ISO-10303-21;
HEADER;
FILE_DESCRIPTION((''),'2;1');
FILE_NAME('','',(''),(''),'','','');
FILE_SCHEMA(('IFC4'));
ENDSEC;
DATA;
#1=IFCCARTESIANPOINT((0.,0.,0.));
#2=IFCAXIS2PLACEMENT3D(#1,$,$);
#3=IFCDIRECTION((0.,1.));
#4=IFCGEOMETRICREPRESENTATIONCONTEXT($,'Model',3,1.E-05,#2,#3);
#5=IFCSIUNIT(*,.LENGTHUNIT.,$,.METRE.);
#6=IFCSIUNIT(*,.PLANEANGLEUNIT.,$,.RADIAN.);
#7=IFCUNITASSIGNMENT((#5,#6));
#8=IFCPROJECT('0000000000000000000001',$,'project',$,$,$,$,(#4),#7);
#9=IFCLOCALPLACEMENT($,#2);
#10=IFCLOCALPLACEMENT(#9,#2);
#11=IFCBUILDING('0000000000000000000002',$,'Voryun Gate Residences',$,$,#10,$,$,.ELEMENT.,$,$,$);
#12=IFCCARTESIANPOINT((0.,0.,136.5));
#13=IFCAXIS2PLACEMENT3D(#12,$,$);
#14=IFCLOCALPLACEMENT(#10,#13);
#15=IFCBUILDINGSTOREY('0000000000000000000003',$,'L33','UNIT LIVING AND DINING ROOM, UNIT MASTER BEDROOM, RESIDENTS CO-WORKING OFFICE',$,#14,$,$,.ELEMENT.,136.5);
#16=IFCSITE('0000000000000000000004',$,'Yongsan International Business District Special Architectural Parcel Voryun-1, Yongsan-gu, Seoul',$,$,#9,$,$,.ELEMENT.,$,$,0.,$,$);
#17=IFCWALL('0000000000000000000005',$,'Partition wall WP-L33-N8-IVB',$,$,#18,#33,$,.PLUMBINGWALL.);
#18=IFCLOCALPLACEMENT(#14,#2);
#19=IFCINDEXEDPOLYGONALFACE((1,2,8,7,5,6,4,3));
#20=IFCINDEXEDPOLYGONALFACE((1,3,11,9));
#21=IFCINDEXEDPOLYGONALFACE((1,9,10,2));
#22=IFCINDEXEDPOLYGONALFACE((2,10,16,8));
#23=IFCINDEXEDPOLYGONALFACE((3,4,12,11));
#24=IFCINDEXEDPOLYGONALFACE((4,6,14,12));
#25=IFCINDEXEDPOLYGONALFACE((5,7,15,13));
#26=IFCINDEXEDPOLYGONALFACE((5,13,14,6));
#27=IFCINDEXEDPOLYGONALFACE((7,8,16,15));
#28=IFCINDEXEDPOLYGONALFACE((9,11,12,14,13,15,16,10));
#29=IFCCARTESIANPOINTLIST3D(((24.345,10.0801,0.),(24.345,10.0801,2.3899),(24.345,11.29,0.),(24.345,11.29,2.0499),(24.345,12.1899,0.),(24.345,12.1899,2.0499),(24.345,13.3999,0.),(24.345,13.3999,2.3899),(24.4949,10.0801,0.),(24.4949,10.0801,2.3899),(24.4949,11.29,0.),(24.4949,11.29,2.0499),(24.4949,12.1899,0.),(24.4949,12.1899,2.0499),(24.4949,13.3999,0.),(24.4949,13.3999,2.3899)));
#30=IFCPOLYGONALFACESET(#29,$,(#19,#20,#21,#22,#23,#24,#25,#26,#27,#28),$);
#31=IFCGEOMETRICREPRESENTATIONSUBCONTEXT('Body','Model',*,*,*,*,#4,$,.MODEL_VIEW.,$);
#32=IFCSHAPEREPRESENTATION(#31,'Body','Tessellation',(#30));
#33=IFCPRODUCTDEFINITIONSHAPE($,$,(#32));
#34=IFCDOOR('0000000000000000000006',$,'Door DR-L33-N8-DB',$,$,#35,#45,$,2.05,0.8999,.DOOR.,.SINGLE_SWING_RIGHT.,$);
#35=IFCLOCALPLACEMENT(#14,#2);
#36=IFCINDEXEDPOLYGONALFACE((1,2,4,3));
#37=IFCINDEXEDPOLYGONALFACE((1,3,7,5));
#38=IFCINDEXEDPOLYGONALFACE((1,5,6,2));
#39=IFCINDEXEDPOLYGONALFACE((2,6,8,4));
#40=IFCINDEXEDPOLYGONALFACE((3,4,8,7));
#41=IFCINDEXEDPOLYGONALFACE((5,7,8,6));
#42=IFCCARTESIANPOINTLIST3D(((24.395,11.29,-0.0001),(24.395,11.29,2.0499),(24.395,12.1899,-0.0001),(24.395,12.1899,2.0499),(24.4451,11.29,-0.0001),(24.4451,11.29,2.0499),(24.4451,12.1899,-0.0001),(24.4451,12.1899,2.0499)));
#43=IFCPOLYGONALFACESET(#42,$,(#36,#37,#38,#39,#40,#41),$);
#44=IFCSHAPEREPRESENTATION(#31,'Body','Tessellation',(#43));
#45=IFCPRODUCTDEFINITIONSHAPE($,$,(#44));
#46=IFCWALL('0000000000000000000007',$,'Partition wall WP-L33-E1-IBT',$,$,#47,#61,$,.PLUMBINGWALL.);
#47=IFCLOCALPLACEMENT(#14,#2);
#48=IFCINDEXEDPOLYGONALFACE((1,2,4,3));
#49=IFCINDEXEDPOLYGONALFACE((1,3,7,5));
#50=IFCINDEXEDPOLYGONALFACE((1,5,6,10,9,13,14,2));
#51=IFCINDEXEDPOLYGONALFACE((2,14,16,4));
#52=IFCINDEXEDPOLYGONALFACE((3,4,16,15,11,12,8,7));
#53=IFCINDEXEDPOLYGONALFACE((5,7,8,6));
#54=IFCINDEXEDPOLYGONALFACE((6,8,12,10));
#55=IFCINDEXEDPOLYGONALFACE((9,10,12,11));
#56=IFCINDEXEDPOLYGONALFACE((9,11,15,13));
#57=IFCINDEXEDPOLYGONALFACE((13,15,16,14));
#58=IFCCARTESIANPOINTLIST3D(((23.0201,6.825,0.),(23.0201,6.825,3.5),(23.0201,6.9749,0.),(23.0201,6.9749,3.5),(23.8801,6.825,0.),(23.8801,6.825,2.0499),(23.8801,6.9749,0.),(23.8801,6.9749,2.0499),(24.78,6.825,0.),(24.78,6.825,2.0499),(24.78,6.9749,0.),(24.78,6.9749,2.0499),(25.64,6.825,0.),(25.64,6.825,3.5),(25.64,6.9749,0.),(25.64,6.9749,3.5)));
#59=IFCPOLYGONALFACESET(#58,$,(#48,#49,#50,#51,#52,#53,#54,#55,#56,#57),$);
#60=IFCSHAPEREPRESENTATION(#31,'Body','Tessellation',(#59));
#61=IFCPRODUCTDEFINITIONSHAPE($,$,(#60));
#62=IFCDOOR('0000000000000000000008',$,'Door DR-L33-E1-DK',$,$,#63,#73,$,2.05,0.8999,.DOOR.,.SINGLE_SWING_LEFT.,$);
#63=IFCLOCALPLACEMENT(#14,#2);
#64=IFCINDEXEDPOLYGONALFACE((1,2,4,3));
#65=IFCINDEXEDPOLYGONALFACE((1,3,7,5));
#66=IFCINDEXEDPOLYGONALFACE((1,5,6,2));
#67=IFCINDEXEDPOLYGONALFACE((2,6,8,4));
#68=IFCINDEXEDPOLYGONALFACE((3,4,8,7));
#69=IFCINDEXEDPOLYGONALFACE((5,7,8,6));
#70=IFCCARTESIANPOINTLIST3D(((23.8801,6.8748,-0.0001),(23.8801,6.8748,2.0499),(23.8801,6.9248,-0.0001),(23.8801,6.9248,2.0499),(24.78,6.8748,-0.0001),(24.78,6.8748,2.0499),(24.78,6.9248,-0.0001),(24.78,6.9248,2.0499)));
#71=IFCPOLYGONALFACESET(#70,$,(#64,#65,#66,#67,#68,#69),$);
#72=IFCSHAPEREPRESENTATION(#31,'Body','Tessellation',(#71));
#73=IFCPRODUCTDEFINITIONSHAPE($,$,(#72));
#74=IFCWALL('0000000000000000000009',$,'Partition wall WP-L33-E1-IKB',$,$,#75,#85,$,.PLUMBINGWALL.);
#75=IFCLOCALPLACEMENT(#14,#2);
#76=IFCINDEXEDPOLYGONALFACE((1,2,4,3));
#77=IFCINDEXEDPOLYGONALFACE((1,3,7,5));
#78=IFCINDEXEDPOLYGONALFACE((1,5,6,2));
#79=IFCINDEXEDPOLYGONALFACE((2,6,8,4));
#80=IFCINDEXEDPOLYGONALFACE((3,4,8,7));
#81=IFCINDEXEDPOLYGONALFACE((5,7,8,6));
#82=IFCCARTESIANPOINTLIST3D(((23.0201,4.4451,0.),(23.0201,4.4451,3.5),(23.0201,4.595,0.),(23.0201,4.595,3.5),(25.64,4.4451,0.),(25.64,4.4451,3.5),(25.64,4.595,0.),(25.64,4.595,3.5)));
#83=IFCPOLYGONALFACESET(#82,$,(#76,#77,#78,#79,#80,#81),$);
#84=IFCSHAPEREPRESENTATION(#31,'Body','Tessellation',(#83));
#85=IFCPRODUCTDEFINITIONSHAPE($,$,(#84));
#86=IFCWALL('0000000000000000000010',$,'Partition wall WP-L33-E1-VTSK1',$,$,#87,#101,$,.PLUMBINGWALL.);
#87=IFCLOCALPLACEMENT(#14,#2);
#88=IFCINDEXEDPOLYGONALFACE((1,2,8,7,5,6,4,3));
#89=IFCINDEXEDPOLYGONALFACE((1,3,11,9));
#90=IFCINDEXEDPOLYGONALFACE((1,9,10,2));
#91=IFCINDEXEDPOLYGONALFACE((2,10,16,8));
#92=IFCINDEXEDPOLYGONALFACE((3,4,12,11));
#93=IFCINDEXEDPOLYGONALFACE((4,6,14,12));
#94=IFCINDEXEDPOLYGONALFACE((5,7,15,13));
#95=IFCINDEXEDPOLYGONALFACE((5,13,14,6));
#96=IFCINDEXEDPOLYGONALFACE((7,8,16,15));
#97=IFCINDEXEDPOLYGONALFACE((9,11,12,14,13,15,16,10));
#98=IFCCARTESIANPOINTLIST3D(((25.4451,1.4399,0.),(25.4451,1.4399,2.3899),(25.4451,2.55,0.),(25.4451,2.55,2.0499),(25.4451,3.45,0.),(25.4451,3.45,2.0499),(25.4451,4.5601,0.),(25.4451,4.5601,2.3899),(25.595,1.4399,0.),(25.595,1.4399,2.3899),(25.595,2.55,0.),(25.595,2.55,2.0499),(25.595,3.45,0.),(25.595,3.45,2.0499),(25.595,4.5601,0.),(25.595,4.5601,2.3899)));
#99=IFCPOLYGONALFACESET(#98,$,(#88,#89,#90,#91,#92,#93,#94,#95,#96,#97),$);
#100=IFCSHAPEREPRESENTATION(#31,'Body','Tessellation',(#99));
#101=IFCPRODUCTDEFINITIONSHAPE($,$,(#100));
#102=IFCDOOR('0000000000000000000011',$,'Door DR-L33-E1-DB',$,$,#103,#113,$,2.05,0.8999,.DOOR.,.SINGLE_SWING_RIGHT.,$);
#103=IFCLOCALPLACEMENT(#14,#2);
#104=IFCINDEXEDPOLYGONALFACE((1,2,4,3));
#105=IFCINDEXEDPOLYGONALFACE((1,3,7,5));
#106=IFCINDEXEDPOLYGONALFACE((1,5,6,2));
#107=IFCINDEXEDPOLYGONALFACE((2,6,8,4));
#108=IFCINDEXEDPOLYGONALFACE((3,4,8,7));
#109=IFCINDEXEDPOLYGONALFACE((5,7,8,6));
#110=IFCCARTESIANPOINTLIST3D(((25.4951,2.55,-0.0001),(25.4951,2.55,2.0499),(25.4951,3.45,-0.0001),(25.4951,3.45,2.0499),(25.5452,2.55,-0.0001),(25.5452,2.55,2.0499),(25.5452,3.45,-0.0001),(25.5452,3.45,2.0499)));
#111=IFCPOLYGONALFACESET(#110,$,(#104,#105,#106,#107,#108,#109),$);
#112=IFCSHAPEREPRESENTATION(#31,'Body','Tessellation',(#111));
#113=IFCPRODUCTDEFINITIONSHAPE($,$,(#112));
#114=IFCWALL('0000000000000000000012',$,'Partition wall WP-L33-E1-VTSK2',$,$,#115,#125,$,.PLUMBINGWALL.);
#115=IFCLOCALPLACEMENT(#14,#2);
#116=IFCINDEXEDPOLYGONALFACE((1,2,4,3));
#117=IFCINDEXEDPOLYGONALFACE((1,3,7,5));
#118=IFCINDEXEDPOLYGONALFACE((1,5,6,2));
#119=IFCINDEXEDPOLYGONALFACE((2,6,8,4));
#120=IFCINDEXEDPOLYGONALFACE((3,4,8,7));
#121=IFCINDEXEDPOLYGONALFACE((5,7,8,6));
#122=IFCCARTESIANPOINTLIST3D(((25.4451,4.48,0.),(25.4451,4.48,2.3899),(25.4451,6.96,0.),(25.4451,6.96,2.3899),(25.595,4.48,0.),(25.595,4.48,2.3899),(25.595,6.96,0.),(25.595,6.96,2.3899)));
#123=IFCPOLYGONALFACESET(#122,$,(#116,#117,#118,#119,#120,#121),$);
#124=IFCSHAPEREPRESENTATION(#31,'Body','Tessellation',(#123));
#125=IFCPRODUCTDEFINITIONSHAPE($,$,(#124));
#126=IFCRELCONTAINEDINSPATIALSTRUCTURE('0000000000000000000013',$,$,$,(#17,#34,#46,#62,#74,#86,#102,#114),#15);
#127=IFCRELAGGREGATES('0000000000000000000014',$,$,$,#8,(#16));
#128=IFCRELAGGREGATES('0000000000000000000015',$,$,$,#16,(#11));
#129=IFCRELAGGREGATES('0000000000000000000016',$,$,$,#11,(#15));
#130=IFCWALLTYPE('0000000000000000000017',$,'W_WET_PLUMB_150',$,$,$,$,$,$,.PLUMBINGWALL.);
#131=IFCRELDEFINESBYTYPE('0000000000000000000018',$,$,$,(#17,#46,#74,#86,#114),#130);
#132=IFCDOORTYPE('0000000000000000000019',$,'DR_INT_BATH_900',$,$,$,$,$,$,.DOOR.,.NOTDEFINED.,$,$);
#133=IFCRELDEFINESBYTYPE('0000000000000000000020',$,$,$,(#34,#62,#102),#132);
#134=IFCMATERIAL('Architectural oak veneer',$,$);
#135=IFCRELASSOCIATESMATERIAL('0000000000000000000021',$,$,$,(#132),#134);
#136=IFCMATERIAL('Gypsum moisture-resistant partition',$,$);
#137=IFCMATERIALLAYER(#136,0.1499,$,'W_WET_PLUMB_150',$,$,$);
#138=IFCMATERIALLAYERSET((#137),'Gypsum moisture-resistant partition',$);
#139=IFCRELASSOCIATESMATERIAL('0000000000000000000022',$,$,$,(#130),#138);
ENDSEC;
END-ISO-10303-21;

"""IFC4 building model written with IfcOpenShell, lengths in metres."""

from ifc_helpers import new_model, si_unit, direction, frame, frame_2d, origin, place, context, subcontext, project, spatial, rectangle, extrude, material, layer, layer_set, type_object, element, fill, save


model = new_model("IFC4")

# Units and contexts
model_context = context("Model", 3, precision=1e-05, world=origin(), true_north=direction((0.0, 1.0)))
body_context = subcontext(model_context, "Body", "Model", "MODEL_VIEW")
ifc_project = project(units=[si_unit("LENGTHUNIT", "METRE"), si_unit("PLANEANGLEUNIT", "RADIAN")], contexts=[model_context])

# Site, building, storey
site_placement = place(None, origin())
site = spatial("IfcSite", under=ifc_project, at=site_placement, Name="Yongsan International Business District Special Architectural Parcel Voryun-1, Yongsan-gu, Seoul", CompositionType="ELEMENT", RefElevation=0.0)
building_placement = place(site_placement, origin())
building = spatial("IfcBuilding", under=site, at=building_placement, Name="Voryun Gate Residences", CompositionType="ELEMENT")
storey_placement = place(building_placement, frame((0.0, 0.0, 136.5)))
storey = spatial("IfcBuildingStorey", under=building, at=storey_placement, Name="L33", Description="UNIT LIVING AND DINING ROOM, UNIT MASTER BEDROOM, RESIDENTS CO-WORKING OFFICE", CompositionType="ELEMENT", Elevation=136.5)

# Walls, openings, doors
ifc_material_1 = material(Name="Architectural oak veneer")
door_type = type_object("IfcDoorType", Name="DR_INT_BATH_900", OperationType="NOTDEFINED", PredefinedType="DOOR", material=ifc_material_1)
ifc_material_2 = material(Name="Gypsum moisture-resistant partition")
ifc_layer_1 = layer(ifc_material_2, 0.1499, Name="W_WET_PLUMB_150")
ifc_layer_set_1 = layer_set([ifc_layer_1], Name="Gypsum moisture-resistant partition")
wall_type_1 = type_object("IfcWallType", Name="W_WET_PLUMB_150", PredefinedType="PLUMBINGWALL", material=ifc_layer_set_1)
wall_1_placement = place(storey_placement, frame((24.4199, 10.0801, 0.0), z_axis=(0.0, 0.0, 1.0), x_axis=(0.0, 1.0, 0.0)))
wall_1 = element("IfcWall", 1, at=wall_1_placement, inside=storey, type_object=wall_type_1, Name="Partition wall WP-L33-N8-IVB", PredefinedType="PLUMBINGWALL", context=body_context, shape_type="SweptSolid", body=[
    extrude(rectangle(XDim=3.3198, YDim=0.1499, at=frame_2d((1.6599, 0.0))), origin(), (0.0, 0.0, 1.0), 2.3899),
])
opening_1_placement = place(wall_1_placement, frame((1.21, 0.0, 0.0)))
opening_1 = element("IfcOpeningElement", 2, at=opening_1_placement, cuts=wall_1, PredefinedType="OPENING", context=body_context, shape_type="SweptSolid", body=[
    extrude(rectangle(XDim=0.8999, YDim=2.05, at=frame_2d((0.45, 1.0249))), frame((0.0, 0.085, 0.0), z_axis=(0.0, -1.0, 0.0), x_axis=(1.0, 0.0, 0.0)), (0.0, 0.0, 1.0), 0.1699),
])
door_1_placement = place(opening_1_placement, origin())
door_1 = element("IfcDoor", 3, at=door_1_placement, inside=storey, type_object=door_type, Name="Door DR-L33-N8-DB", OperationType="SINGLE_SWING_RIGHT", OverallHeight=2.05, OverallWidth=0.8999, PredefinedType="DOOR", context=body_context, shape_type="SweptSolid", body=[
    extrude(rectangle(XDim=0.8999, YDim=2.05, at=frame_2d((0.45, 1.0249))), frame((0.0, 0.0249, 0.0), z_axis=(0.0, -1.0, 0.0), x_axis=(1.0, 0.0, 0.0)), (0.0, 0.0, 1.0), 0.05),
])
fill(opening_1, door_1)
wall_2_placement = place(storey_placement, frame((23.02, 6.8999, 0.0), z_axis=(0.0, 0.0, 1.0), x_axis=(1.0, 0.0, 0.0)))
wall_2 = element("IfcWall", 4, at=wall_2_placement, inside=storey, type_object=wall_type_1, Name="Partition wall WP-L33-E1-IBT", PredefinedType="PLUMBINGWALL", context=body_context, shape_type="SweptSolid", body=[
    extrude(rectangle(XDim=2.6199, YDim=0.1499, at=frame_2d((1.3101, 0.0))), origin(), (0.0, 0.0, 1.0), 3.5),
])
opening_2_placement = place(wall_2_placement, frame((0.8601, 0.0, 0.0)))
opening_2 = element("IfcOpeningElement", 5, at=opening_2_placement, cuts=wall_2, PredefinedType="OPENING", context=body_context, shape_type="SweptSolid", body=[
    extrude(rectangle(XDim=0.8999, YDim=2.05, at=frame_2d((0.45, 1.0249))), frame((0.0, 0.085, 0.0), z_axis=(0.0, -1.0, 0.0), x_axis=(1.0, 0.0, 0.0)), (0.0, 0.0, 1.0), 0.1699),
])
door_2_placement = place(opening_2_placement, origin())
door_2 = element("IfcDoor", 6, at=door_2_placement, inside=storey, type_object=door_type, Name="Door DR-L33-E1-DK", OperationType="SINGLE_SWING_LEFT", OverallHeight=2.05, OverallWidth=0.8999, PredefinedType="DOOR", context=body_context, shape_type="SweptSolid", body=[
    extrude(rectangle(XDim=0.8999, YDim=2.05, at=frame_2d((0.45, 1.0249))), frame((0.0, 0.0249, 0.0), z_axis=(0.0, -1.0, 0.0), x_axis=(1.0, 0.0, 0.0)), (0.0, 0.0, 1.0), 0.05),
])
fill(opening_2, door_2)

# Wall
wall_3_placement = place(storey_placement, frame((23.02, 4.52, 0.0), z_axis=(0.0, 0.0, 1.0), x_axis=(1.0, 0.0, 0.0)))
element("IfcWall", 7, at=wall_3_placement, inside=storey, type_object=wall_type_1, Name="Partition wall WP-L33-E1-IKB", PredefinedType="PLUMBINGWALL", context=body_context, shape_type="SweptSolid", body=[
    extrude(rectangle(XDim=2.6199, YDim=0.1499, at=frame_2d((1.3101, 0.0))), origin(), (0.0, 0.0, 1.0), 3.5),
])

# Wall, opening, door
wall_4_placement = place(storey_placement, frame((25.52, 1.4399, 0.0), z_axis=(0.0, 0.0, 1.0), x_axis=(0.0, 1.0, 0.0)))
wall_4 = element("IfcWall", 8, at=wall_4_placement, inside=storey, type_object=wall_type_1, Name="Partition wall WP-L33-E1-VTSK1", PredefinedType="PLUMBINGWALL", context=body_context, shape_type="SweptSolid", body=[
    extrude(rectangle(XDim=3.1201, YDim=0.1499, at=frame_2d((1.5601, 0.0))), origin(), (0.0, 0.0, 1.0), 2.3899),
])
opening_3_placement = place(wall_4_placement, frame((1.1101, 0.0, 0.0)))
opening_3 = element("IfcOpeningElement", 9, at=opening_3_placement, cuts=wall_4, PredefinedType="OPENING", context=body_context, shape_type="SweptSolid", body=[
    extrude(rectangle(XDim=0.8999, YDim=2.05, at=frame_2d((0.45, 1.0249))), frame((0.0, 0.085, 0.0), z_axis=(0.0, -1.0, 0.0), x_axis=(1.0, 0.0, 0.0)), (0.0, 0.0, 1.0), 0.1699),
])
door_3_placement = place(opening_3_placement, origin())
door_3 = element("IfcDoor", 10, at=door_3_placement, inside=storey, type_object=door_type, Name="Door DR-L33-E1-DB", OperationType="SINGLE_SWING_RIGHT", OverallHeight=2.05, OverallWidth=0.8999, PredefinedType="DOOR", context=body_context, shape_type="SweptSolid", body=[
    extrude(rectangle(XDim=0.8999, YDim=2.05, at=frame_2d((0.45, 1.0249))), frame((0.0, 0.0249, 0.0), z_axis=(0.0, -1.0, 0.0), x_axis=(1.0, 0.0, 0.0)), (0.0, 0.0, 1.0), 0.05),
])
fill(opening_3, door_3)

# Wall
wall_5_placement = place(storey_placement, frame((25.52, 4.48, 0.0), z_axis=(0.0, 0.0, 1.0), x_axis=(0.0, 1.0, 0.0)))
element("IfcWall", 11, at=wall_5_placement, inside=storey, type_object=wall_type_1, Name="Partition wall WP-L33-E1-VTSK2", PredefinedType="PLUMBINGWALL", context=body_context, shape_type="SweptSolid", body=[
    extrude(rectangle(XDim=2.48, YDim=0.1499, at=frame_2d((1.24, 0.0))), origin(), (0.0, 0.0, 1.0), 2.3899),
])

save(model, "model.ifc")
